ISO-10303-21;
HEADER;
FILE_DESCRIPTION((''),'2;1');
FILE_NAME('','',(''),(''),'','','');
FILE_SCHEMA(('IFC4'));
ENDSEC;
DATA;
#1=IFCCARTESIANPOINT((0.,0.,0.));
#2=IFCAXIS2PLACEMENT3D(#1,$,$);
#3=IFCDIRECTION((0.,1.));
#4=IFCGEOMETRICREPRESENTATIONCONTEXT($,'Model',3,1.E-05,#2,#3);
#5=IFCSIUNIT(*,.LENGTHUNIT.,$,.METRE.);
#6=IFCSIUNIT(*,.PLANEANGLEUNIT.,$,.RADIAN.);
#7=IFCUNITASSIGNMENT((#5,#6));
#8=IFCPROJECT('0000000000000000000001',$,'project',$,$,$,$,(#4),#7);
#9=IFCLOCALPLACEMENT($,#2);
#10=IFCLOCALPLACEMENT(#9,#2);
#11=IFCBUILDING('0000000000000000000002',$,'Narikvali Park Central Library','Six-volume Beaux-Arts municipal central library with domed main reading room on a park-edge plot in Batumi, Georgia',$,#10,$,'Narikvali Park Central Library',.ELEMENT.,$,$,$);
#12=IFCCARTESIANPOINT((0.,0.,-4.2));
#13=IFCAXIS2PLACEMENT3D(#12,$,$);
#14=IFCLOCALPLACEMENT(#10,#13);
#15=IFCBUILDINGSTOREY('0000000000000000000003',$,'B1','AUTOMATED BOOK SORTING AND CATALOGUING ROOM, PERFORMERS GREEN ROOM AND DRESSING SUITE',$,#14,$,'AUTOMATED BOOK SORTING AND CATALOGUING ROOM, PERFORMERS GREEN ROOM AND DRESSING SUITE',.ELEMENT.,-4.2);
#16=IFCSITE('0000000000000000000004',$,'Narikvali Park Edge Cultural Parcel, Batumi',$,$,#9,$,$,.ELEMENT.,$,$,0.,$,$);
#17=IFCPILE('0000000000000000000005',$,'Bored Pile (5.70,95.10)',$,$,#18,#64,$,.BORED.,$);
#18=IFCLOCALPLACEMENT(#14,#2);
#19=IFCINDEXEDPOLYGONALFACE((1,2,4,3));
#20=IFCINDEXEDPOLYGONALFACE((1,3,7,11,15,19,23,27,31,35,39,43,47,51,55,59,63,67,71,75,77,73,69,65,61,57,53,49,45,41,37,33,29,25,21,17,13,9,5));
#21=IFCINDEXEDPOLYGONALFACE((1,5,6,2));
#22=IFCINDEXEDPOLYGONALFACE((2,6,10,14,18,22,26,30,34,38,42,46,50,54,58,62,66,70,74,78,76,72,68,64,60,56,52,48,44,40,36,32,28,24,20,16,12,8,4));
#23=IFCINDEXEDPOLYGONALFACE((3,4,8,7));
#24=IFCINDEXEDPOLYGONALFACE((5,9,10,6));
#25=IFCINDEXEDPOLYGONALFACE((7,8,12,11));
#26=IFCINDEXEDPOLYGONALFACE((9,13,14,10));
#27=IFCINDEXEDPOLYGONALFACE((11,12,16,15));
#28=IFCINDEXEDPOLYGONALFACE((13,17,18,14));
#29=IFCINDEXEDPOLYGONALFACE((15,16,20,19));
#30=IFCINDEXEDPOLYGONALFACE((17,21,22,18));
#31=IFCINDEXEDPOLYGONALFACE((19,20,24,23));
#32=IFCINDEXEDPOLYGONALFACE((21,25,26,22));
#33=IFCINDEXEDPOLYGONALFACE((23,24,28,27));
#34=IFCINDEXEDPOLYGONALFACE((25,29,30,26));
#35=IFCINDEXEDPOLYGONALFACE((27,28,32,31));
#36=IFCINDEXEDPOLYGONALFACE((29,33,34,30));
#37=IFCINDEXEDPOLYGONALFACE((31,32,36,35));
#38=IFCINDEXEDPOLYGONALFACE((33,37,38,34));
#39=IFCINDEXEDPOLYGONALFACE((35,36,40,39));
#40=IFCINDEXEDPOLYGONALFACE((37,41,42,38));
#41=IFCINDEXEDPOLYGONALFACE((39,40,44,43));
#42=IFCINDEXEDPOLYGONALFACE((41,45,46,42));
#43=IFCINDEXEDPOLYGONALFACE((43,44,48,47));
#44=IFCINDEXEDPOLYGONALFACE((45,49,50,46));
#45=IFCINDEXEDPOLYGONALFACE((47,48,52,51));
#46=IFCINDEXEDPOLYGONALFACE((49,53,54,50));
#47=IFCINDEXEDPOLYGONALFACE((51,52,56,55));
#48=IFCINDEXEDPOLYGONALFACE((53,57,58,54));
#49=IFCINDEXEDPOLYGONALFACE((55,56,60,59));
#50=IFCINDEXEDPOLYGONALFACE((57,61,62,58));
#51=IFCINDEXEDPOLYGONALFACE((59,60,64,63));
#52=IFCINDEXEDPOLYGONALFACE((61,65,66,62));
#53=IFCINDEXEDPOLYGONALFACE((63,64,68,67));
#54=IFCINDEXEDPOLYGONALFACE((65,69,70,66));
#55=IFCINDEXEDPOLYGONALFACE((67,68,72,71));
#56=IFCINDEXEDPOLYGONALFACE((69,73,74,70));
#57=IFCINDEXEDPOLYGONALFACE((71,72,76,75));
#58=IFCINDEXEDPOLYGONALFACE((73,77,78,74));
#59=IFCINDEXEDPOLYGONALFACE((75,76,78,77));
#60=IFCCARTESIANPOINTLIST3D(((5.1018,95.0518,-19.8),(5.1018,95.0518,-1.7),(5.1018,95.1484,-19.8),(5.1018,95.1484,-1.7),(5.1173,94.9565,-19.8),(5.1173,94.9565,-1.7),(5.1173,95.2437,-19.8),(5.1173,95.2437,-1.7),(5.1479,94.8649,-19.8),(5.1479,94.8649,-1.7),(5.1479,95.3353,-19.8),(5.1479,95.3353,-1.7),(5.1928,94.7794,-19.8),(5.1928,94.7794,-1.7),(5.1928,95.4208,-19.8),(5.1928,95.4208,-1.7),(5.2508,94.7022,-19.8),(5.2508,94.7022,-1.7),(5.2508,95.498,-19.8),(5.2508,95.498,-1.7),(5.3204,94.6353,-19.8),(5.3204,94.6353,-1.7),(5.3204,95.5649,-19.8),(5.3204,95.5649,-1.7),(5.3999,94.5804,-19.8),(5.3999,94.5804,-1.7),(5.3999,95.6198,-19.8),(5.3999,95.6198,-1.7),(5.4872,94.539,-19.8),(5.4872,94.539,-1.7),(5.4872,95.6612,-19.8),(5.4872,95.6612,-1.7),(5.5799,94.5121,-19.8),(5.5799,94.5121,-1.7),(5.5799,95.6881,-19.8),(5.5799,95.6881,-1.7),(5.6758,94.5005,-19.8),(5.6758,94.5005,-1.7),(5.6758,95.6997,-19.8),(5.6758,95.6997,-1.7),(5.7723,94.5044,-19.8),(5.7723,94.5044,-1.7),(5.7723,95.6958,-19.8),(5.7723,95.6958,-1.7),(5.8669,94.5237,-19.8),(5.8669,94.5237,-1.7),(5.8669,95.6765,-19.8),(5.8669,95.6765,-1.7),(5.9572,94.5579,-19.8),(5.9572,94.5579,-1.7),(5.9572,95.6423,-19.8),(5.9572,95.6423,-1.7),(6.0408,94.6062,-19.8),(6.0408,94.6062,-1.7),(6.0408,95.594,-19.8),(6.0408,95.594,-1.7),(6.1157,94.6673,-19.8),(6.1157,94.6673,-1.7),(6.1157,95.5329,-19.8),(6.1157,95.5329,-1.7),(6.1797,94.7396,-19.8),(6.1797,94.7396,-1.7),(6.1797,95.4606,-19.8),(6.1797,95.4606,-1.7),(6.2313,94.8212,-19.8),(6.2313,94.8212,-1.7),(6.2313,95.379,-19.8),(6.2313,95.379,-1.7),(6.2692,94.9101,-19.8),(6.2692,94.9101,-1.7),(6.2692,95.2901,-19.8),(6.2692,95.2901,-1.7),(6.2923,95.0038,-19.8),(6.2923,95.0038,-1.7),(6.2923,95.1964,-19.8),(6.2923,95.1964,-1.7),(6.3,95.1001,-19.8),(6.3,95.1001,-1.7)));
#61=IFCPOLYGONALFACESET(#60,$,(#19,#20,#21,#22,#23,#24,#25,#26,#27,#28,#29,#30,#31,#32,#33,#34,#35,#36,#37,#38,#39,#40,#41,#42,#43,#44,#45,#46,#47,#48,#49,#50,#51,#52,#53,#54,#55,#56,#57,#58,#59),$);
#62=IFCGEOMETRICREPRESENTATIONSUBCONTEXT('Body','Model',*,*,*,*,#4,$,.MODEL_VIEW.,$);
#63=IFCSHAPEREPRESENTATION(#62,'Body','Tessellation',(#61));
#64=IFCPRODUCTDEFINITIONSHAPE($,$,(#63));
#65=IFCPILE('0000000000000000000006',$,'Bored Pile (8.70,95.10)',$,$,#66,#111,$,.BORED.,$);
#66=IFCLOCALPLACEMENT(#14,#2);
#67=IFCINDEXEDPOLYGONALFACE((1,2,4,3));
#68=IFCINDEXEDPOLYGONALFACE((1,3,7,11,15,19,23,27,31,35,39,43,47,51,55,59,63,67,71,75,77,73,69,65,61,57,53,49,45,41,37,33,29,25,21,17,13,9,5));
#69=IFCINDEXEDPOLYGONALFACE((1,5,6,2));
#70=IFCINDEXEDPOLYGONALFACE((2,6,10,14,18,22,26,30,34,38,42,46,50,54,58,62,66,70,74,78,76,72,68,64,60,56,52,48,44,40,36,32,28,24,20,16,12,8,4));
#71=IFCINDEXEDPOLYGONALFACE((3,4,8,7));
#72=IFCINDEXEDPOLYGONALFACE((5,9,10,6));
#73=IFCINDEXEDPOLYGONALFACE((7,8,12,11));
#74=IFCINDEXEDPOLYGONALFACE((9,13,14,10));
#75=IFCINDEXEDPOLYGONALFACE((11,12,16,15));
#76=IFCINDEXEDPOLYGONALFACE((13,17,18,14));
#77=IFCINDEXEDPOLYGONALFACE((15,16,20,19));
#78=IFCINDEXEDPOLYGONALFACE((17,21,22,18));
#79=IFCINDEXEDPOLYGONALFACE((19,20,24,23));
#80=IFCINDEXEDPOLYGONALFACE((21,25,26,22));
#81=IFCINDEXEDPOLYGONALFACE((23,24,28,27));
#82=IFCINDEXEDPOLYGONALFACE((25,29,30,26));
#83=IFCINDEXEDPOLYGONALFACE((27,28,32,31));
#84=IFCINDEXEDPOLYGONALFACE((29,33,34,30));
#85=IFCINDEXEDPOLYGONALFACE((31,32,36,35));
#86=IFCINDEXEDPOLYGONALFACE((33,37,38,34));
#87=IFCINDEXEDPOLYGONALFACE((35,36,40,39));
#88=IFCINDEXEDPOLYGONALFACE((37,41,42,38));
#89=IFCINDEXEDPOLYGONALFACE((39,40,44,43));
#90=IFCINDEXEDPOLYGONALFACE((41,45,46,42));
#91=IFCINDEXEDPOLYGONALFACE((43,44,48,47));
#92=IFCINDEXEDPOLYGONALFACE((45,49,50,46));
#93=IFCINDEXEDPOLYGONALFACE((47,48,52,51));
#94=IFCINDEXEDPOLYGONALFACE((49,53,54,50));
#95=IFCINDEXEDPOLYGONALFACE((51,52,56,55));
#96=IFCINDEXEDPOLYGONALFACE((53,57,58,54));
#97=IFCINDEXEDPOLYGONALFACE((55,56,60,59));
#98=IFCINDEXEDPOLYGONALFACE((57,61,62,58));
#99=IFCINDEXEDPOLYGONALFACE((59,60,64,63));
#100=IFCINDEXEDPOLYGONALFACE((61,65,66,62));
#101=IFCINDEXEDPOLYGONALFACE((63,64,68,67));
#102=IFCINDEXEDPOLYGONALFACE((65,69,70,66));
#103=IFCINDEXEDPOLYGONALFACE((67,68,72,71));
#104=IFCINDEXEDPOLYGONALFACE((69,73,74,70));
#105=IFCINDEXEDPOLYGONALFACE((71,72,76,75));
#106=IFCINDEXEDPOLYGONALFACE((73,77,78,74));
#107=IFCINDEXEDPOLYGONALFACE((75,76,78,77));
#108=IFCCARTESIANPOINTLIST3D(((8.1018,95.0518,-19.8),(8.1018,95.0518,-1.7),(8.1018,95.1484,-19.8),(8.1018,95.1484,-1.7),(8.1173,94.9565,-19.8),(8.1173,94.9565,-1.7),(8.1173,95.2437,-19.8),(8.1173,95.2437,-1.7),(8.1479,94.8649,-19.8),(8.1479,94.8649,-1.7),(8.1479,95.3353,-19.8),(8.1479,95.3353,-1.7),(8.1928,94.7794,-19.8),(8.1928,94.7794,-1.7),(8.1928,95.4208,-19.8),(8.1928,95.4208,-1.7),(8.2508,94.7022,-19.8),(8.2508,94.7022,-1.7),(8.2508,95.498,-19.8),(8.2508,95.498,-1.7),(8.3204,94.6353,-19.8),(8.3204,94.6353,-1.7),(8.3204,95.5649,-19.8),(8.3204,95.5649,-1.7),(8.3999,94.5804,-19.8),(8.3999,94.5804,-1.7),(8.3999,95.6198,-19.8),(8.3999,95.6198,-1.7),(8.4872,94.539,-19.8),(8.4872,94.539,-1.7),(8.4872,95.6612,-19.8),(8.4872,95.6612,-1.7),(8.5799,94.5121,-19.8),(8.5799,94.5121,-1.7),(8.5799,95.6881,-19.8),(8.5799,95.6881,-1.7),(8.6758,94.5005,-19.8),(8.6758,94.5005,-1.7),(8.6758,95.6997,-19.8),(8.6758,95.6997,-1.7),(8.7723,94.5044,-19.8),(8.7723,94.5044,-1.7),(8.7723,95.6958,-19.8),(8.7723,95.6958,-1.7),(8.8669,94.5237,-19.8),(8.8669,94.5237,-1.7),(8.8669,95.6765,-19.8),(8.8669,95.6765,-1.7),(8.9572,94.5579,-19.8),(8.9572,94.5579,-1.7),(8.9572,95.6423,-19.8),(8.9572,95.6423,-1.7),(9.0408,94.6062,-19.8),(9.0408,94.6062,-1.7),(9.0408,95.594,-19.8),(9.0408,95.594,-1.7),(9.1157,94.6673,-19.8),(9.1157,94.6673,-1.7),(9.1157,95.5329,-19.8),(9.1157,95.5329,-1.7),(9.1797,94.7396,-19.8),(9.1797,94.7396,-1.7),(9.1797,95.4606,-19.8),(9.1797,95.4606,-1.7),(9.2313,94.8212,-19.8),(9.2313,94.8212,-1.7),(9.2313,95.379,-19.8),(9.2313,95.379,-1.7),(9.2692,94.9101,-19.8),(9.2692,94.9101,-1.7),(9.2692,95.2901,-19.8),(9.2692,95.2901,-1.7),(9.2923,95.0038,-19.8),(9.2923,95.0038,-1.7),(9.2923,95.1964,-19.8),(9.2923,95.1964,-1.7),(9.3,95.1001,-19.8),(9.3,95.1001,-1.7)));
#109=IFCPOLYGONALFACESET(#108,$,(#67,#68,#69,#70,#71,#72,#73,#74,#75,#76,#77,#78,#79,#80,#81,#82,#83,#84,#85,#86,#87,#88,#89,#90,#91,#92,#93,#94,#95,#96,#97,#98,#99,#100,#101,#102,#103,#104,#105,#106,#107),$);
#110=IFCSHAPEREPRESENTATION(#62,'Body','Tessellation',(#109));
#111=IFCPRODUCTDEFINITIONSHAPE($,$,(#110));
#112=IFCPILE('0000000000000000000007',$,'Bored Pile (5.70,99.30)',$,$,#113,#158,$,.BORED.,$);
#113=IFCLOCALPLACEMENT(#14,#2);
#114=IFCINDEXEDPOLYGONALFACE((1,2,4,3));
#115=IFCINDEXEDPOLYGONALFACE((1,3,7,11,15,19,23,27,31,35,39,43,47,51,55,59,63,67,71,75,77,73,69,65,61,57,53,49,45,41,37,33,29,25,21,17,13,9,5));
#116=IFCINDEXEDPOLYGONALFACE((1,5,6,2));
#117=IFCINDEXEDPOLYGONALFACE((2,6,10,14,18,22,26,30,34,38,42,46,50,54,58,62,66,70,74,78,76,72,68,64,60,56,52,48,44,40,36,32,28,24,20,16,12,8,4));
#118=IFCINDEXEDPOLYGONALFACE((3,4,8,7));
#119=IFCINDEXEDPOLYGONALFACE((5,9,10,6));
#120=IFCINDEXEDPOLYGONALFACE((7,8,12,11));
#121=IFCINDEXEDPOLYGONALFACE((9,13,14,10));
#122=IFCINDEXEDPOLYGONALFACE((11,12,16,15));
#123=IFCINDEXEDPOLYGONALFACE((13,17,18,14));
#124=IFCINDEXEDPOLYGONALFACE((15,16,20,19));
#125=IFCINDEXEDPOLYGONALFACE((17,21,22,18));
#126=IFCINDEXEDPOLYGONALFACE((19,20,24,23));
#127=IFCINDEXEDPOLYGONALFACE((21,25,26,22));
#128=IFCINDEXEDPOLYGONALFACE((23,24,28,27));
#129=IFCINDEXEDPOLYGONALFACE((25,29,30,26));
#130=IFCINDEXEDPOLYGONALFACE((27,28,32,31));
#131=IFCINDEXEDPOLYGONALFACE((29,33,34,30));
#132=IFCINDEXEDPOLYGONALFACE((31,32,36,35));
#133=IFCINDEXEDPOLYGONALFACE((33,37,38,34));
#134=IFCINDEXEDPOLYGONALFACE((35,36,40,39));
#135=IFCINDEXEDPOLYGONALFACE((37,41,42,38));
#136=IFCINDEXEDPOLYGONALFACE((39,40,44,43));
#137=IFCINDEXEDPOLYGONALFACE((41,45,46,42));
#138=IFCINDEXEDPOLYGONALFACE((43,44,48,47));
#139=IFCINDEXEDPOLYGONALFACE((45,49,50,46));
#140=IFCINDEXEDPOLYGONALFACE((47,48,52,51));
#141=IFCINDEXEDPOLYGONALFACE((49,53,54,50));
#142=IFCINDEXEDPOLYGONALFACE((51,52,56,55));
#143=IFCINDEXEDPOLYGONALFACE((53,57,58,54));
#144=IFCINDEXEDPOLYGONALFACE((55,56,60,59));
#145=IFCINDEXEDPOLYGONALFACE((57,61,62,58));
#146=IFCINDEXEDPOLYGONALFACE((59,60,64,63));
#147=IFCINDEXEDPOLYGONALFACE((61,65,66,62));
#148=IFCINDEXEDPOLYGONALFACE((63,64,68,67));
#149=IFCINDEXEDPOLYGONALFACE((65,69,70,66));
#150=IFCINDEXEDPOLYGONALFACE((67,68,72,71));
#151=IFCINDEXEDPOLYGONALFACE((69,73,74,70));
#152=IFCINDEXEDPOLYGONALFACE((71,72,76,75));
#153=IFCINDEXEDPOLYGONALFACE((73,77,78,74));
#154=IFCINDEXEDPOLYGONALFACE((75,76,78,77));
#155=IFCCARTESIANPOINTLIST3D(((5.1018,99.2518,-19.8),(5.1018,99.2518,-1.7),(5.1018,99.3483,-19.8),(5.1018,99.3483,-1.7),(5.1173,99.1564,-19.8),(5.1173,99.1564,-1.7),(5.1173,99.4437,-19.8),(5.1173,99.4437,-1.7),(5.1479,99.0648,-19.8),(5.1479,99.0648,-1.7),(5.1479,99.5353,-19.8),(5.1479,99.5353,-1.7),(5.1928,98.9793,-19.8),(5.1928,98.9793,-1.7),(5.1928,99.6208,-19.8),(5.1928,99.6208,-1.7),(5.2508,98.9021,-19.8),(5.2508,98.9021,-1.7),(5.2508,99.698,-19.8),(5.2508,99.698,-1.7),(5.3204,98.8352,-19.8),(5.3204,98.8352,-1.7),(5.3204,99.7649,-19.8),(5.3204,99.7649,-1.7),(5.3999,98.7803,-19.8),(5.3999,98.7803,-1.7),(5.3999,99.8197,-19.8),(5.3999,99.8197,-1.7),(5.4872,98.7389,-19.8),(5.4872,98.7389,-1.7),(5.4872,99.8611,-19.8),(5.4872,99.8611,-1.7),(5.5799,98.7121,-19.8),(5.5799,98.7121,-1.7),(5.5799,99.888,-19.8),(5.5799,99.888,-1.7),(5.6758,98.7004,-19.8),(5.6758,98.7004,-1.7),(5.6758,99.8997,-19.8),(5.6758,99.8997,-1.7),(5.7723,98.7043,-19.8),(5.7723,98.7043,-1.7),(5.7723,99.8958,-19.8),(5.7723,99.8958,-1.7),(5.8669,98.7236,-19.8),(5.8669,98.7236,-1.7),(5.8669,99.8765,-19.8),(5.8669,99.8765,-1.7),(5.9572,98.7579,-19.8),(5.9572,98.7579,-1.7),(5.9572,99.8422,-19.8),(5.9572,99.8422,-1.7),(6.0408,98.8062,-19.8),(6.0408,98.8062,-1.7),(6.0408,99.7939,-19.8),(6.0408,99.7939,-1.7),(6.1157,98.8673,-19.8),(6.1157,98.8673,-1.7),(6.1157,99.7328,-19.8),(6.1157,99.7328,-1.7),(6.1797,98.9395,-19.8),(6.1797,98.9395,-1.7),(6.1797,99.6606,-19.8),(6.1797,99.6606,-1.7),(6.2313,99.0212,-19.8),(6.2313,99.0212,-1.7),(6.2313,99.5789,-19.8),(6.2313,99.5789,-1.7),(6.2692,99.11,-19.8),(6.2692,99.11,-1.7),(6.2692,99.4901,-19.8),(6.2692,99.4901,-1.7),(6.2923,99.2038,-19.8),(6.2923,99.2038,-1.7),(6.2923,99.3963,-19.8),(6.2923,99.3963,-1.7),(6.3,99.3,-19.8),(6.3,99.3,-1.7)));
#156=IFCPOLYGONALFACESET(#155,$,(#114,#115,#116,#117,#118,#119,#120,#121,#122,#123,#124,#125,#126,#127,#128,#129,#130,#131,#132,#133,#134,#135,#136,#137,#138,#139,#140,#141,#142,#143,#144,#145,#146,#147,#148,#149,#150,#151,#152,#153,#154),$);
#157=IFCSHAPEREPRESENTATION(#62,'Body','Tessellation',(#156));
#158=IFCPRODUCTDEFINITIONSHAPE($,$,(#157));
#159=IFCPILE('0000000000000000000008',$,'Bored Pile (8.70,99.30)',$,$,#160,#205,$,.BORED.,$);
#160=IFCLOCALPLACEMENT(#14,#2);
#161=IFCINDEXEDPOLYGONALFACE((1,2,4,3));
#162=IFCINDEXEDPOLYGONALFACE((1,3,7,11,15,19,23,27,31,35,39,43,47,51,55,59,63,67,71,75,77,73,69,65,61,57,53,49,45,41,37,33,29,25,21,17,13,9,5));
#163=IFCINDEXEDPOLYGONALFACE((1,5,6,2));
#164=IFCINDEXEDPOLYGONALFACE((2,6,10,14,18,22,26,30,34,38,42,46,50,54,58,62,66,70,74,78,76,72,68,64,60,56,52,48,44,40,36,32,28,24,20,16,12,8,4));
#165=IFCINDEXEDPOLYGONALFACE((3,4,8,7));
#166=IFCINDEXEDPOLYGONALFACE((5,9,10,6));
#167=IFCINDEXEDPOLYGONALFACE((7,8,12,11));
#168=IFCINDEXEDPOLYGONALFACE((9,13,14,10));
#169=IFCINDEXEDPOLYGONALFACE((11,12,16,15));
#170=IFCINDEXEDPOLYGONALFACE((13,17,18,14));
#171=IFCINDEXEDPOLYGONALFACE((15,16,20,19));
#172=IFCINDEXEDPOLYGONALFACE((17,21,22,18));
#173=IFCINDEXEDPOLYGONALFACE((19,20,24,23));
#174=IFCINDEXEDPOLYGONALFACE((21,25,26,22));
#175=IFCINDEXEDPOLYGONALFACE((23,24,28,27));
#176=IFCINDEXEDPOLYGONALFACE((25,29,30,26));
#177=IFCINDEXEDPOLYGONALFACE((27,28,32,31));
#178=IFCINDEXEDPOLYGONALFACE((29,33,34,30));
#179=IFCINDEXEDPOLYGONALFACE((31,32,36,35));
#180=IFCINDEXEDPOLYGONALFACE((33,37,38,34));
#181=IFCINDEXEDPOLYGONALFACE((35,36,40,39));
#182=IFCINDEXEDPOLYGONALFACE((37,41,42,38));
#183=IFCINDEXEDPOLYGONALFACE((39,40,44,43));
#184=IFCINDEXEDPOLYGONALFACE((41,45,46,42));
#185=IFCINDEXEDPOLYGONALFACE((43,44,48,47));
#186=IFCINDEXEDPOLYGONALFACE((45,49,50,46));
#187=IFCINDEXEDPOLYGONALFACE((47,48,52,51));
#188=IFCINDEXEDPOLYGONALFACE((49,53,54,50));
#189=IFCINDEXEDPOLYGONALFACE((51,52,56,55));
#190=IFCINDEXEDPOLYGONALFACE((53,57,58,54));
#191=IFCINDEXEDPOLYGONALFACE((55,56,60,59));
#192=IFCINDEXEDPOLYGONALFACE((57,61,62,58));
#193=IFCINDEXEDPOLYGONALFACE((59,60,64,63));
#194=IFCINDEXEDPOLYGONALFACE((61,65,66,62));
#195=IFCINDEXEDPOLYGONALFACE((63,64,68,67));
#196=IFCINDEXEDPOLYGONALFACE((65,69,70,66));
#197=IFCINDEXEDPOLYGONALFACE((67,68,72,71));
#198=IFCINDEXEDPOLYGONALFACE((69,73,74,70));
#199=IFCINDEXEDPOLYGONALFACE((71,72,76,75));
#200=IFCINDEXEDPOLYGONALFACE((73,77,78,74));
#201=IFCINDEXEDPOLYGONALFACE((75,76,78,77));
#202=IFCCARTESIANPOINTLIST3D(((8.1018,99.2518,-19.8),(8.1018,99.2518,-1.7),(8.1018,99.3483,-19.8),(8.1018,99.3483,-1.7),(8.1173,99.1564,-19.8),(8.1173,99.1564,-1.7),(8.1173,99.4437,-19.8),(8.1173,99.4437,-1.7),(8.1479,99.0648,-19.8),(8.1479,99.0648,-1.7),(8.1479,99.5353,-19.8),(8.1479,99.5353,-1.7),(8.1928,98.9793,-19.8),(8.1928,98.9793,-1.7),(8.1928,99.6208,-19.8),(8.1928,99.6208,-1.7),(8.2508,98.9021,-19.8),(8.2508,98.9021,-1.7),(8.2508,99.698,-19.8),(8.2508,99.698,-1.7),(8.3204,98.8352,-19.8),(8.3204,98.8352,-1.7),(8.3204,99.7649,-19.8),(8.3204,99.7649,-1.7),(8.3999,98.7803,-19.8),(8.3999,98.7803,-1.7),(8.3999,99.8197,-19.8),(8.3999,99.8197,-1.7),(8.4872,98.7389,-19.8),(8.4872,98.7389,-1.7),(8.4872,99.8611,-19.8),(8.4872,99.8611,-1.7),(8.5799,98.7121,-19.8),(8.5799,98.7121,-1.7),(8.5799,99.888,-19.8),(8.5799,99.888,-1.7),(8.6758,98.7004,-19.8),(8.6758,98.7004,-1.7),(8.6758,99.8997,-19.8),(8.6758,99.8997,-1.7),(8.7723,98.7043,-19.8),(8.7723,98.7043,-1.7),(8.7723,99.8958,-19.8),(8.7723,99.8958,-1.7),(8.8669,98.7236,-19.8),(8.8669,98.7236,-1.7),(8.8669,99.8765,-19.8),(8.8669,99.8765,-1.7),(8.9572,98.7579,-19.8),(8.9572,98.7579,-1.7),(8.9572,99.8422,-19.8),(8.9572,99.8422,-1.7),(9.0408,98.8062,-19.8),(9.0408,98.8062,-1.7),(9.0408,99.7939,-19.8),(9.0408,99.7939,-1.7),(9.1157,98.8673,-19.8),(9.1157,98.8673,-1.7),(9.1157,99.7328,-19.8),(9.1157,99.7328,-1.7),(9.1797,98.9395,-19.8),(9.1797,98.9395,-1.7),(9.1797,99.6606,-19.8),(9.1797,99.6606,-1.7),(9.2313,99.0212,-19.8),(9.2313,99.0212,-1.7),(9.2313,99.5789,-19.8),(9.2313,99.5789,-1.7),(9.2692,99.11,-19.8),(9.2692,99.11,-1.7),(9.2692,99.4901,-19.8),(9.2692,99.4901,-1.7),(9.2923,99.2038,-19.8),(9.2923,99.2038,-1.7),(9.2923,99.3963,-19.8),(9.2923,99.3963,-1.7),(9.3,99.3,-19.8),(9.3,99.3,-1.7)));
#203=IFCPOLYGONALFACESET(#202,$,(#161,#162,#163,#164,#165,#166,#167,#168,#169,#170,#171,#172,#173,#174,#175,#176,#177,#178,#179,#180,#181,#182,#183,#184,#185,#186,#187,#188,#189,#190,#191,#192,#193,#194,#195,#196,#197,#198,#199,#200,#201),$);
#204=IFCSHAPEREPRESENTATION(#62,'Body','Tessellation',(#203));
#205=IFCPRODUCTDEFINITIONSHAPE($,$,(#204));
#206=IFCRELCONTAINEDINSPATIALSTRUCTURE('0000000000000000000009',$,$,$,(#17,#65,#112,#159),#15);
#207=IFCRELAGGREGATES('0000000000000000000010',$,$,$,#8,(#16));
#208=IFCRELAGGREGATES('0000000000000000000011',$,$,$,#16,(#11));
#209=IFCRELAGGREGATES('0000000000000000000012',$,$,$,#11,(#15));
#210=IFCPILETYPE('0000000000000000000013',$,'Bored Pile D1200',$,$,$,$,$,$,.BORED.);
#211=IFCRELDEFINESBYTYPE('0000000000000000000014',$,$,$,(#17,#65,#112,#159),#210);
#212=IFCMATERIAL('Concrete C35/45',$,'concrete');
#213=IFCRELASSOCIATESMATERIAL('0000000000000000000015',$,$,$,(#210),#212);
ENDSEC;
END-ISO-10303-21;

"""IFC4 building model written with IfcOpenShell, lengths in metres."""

from ifc_helpers import new_model, si_unit, direction, frame, origin, origin_2d, place, context, subcontext, project, spatial, circle, extrude, material, material_profile, profile_set, type_object, element, save


model = new_model("IFC4")

# Units and contexts
model_context = context("Model", 3, precision=1e-05, world=origin(), true_north=direction((0.0, 1.0)))
body_context = subcontext(model_context, "Body", "Model", "MODEL_VIEW")
ifc_project = project(units=[si_unit("LENGTHUNIT", "METRE"), si_unit("PLANEANGLEUNIT", "RADIAN")], contexts=[model_context])

# Site, building, storey
site_placement = place(None, origin())
site = spatial("IfcSite", under=ifc_project, at=site_placement, Name="Narikvali Park Edge Cultural Parcel, Batumi", CompositionType="ELEMENT", RefElevation=0.0)
building_placement = place(site_placement, origin())
building = spatial("IfcBuilding", under=site, at=building_placement, Name="Narikvali Park Central Library", Description="Six-volume Beaux-Arts municipal central library with domed main reading room on a park-edge plot in Batumi, Georgia", LongName="Narikvali Park Central Library", CompositionType="ELEMENT")
storey_placement = place(building_placement, frame((0.0, 0.0, -4.2)))
storey = spatial("IfcBuildingStorey", under=building, at=storey_placement, Name="B1", Description="AUTOMATED BOOK SORTING AND CATALOGUING ROOM, PERFORMERS GREEN ROOM AND DRESSING SUITE", LongName="AUTOMATED BOOK SORTING AND CATALOGUING ROOM, PERFORMERS GREEN ROOM AND DRESSING SUITE", CompositionType="ELEMENT", Elevation=-4.2)

# Piles
ifc_material_1 = material(Name="Concrete C35/45", Category="concrete")
ifc_material_profile_1 = material_profile(ifc_material_1, circle(Radius=0.6001, at=origin_2d()), Name="PILE D1200")
ifc_profile_set_1 = profile_set([ifc_material_profile_1], Name="Concrete C35/45")
pile_type = type_object("IfcPileType", Name="Bored Pile D1200", PredefinedType="BORED", material=ifc_profile_set_1)
for number, where, z_axis, x_axis, name in (
    (1, (5.7, 95.1001, -1.7), (0.0, 0.0, -1.0), (1.0, 0.0, 0.0), "Bored Pile (5.70,95.10)"),
    (2, (8.7, 95.1001, -1.7), (0.0, 0.0, -1.0), (1.0, 0.0, 0.0), "Bored Pile (8.70,95.10)"),
    (3, (5.7, 99.3, -1.7), (0.0, 0.0, -1.0), (1.0, 0.0, 0.0), "Bored Pile (5.70,99.30)"),
    (4, (8.7, 99.3, -1.7), (0.0, 0.0, -1.0), (1.0, 0.0, 0.0), "Bored Pile (8.70,99.30)"),
):
    element("IfcPile", number, at=place(storey_placement, frame(where, z_axis=z_axis, x_axis=x_axis)), inside=storey, type_object=pile_type, Name=name, PredefinedType="BORED", context=body_context, shape_type="SweptSolid", body=[
        extrude(circle(Radius=0.6001, at=origin_2d()), origin(), (0.0, 0.0, 1.0), 18.1001),
    ])

save(model, "model.ifc")
